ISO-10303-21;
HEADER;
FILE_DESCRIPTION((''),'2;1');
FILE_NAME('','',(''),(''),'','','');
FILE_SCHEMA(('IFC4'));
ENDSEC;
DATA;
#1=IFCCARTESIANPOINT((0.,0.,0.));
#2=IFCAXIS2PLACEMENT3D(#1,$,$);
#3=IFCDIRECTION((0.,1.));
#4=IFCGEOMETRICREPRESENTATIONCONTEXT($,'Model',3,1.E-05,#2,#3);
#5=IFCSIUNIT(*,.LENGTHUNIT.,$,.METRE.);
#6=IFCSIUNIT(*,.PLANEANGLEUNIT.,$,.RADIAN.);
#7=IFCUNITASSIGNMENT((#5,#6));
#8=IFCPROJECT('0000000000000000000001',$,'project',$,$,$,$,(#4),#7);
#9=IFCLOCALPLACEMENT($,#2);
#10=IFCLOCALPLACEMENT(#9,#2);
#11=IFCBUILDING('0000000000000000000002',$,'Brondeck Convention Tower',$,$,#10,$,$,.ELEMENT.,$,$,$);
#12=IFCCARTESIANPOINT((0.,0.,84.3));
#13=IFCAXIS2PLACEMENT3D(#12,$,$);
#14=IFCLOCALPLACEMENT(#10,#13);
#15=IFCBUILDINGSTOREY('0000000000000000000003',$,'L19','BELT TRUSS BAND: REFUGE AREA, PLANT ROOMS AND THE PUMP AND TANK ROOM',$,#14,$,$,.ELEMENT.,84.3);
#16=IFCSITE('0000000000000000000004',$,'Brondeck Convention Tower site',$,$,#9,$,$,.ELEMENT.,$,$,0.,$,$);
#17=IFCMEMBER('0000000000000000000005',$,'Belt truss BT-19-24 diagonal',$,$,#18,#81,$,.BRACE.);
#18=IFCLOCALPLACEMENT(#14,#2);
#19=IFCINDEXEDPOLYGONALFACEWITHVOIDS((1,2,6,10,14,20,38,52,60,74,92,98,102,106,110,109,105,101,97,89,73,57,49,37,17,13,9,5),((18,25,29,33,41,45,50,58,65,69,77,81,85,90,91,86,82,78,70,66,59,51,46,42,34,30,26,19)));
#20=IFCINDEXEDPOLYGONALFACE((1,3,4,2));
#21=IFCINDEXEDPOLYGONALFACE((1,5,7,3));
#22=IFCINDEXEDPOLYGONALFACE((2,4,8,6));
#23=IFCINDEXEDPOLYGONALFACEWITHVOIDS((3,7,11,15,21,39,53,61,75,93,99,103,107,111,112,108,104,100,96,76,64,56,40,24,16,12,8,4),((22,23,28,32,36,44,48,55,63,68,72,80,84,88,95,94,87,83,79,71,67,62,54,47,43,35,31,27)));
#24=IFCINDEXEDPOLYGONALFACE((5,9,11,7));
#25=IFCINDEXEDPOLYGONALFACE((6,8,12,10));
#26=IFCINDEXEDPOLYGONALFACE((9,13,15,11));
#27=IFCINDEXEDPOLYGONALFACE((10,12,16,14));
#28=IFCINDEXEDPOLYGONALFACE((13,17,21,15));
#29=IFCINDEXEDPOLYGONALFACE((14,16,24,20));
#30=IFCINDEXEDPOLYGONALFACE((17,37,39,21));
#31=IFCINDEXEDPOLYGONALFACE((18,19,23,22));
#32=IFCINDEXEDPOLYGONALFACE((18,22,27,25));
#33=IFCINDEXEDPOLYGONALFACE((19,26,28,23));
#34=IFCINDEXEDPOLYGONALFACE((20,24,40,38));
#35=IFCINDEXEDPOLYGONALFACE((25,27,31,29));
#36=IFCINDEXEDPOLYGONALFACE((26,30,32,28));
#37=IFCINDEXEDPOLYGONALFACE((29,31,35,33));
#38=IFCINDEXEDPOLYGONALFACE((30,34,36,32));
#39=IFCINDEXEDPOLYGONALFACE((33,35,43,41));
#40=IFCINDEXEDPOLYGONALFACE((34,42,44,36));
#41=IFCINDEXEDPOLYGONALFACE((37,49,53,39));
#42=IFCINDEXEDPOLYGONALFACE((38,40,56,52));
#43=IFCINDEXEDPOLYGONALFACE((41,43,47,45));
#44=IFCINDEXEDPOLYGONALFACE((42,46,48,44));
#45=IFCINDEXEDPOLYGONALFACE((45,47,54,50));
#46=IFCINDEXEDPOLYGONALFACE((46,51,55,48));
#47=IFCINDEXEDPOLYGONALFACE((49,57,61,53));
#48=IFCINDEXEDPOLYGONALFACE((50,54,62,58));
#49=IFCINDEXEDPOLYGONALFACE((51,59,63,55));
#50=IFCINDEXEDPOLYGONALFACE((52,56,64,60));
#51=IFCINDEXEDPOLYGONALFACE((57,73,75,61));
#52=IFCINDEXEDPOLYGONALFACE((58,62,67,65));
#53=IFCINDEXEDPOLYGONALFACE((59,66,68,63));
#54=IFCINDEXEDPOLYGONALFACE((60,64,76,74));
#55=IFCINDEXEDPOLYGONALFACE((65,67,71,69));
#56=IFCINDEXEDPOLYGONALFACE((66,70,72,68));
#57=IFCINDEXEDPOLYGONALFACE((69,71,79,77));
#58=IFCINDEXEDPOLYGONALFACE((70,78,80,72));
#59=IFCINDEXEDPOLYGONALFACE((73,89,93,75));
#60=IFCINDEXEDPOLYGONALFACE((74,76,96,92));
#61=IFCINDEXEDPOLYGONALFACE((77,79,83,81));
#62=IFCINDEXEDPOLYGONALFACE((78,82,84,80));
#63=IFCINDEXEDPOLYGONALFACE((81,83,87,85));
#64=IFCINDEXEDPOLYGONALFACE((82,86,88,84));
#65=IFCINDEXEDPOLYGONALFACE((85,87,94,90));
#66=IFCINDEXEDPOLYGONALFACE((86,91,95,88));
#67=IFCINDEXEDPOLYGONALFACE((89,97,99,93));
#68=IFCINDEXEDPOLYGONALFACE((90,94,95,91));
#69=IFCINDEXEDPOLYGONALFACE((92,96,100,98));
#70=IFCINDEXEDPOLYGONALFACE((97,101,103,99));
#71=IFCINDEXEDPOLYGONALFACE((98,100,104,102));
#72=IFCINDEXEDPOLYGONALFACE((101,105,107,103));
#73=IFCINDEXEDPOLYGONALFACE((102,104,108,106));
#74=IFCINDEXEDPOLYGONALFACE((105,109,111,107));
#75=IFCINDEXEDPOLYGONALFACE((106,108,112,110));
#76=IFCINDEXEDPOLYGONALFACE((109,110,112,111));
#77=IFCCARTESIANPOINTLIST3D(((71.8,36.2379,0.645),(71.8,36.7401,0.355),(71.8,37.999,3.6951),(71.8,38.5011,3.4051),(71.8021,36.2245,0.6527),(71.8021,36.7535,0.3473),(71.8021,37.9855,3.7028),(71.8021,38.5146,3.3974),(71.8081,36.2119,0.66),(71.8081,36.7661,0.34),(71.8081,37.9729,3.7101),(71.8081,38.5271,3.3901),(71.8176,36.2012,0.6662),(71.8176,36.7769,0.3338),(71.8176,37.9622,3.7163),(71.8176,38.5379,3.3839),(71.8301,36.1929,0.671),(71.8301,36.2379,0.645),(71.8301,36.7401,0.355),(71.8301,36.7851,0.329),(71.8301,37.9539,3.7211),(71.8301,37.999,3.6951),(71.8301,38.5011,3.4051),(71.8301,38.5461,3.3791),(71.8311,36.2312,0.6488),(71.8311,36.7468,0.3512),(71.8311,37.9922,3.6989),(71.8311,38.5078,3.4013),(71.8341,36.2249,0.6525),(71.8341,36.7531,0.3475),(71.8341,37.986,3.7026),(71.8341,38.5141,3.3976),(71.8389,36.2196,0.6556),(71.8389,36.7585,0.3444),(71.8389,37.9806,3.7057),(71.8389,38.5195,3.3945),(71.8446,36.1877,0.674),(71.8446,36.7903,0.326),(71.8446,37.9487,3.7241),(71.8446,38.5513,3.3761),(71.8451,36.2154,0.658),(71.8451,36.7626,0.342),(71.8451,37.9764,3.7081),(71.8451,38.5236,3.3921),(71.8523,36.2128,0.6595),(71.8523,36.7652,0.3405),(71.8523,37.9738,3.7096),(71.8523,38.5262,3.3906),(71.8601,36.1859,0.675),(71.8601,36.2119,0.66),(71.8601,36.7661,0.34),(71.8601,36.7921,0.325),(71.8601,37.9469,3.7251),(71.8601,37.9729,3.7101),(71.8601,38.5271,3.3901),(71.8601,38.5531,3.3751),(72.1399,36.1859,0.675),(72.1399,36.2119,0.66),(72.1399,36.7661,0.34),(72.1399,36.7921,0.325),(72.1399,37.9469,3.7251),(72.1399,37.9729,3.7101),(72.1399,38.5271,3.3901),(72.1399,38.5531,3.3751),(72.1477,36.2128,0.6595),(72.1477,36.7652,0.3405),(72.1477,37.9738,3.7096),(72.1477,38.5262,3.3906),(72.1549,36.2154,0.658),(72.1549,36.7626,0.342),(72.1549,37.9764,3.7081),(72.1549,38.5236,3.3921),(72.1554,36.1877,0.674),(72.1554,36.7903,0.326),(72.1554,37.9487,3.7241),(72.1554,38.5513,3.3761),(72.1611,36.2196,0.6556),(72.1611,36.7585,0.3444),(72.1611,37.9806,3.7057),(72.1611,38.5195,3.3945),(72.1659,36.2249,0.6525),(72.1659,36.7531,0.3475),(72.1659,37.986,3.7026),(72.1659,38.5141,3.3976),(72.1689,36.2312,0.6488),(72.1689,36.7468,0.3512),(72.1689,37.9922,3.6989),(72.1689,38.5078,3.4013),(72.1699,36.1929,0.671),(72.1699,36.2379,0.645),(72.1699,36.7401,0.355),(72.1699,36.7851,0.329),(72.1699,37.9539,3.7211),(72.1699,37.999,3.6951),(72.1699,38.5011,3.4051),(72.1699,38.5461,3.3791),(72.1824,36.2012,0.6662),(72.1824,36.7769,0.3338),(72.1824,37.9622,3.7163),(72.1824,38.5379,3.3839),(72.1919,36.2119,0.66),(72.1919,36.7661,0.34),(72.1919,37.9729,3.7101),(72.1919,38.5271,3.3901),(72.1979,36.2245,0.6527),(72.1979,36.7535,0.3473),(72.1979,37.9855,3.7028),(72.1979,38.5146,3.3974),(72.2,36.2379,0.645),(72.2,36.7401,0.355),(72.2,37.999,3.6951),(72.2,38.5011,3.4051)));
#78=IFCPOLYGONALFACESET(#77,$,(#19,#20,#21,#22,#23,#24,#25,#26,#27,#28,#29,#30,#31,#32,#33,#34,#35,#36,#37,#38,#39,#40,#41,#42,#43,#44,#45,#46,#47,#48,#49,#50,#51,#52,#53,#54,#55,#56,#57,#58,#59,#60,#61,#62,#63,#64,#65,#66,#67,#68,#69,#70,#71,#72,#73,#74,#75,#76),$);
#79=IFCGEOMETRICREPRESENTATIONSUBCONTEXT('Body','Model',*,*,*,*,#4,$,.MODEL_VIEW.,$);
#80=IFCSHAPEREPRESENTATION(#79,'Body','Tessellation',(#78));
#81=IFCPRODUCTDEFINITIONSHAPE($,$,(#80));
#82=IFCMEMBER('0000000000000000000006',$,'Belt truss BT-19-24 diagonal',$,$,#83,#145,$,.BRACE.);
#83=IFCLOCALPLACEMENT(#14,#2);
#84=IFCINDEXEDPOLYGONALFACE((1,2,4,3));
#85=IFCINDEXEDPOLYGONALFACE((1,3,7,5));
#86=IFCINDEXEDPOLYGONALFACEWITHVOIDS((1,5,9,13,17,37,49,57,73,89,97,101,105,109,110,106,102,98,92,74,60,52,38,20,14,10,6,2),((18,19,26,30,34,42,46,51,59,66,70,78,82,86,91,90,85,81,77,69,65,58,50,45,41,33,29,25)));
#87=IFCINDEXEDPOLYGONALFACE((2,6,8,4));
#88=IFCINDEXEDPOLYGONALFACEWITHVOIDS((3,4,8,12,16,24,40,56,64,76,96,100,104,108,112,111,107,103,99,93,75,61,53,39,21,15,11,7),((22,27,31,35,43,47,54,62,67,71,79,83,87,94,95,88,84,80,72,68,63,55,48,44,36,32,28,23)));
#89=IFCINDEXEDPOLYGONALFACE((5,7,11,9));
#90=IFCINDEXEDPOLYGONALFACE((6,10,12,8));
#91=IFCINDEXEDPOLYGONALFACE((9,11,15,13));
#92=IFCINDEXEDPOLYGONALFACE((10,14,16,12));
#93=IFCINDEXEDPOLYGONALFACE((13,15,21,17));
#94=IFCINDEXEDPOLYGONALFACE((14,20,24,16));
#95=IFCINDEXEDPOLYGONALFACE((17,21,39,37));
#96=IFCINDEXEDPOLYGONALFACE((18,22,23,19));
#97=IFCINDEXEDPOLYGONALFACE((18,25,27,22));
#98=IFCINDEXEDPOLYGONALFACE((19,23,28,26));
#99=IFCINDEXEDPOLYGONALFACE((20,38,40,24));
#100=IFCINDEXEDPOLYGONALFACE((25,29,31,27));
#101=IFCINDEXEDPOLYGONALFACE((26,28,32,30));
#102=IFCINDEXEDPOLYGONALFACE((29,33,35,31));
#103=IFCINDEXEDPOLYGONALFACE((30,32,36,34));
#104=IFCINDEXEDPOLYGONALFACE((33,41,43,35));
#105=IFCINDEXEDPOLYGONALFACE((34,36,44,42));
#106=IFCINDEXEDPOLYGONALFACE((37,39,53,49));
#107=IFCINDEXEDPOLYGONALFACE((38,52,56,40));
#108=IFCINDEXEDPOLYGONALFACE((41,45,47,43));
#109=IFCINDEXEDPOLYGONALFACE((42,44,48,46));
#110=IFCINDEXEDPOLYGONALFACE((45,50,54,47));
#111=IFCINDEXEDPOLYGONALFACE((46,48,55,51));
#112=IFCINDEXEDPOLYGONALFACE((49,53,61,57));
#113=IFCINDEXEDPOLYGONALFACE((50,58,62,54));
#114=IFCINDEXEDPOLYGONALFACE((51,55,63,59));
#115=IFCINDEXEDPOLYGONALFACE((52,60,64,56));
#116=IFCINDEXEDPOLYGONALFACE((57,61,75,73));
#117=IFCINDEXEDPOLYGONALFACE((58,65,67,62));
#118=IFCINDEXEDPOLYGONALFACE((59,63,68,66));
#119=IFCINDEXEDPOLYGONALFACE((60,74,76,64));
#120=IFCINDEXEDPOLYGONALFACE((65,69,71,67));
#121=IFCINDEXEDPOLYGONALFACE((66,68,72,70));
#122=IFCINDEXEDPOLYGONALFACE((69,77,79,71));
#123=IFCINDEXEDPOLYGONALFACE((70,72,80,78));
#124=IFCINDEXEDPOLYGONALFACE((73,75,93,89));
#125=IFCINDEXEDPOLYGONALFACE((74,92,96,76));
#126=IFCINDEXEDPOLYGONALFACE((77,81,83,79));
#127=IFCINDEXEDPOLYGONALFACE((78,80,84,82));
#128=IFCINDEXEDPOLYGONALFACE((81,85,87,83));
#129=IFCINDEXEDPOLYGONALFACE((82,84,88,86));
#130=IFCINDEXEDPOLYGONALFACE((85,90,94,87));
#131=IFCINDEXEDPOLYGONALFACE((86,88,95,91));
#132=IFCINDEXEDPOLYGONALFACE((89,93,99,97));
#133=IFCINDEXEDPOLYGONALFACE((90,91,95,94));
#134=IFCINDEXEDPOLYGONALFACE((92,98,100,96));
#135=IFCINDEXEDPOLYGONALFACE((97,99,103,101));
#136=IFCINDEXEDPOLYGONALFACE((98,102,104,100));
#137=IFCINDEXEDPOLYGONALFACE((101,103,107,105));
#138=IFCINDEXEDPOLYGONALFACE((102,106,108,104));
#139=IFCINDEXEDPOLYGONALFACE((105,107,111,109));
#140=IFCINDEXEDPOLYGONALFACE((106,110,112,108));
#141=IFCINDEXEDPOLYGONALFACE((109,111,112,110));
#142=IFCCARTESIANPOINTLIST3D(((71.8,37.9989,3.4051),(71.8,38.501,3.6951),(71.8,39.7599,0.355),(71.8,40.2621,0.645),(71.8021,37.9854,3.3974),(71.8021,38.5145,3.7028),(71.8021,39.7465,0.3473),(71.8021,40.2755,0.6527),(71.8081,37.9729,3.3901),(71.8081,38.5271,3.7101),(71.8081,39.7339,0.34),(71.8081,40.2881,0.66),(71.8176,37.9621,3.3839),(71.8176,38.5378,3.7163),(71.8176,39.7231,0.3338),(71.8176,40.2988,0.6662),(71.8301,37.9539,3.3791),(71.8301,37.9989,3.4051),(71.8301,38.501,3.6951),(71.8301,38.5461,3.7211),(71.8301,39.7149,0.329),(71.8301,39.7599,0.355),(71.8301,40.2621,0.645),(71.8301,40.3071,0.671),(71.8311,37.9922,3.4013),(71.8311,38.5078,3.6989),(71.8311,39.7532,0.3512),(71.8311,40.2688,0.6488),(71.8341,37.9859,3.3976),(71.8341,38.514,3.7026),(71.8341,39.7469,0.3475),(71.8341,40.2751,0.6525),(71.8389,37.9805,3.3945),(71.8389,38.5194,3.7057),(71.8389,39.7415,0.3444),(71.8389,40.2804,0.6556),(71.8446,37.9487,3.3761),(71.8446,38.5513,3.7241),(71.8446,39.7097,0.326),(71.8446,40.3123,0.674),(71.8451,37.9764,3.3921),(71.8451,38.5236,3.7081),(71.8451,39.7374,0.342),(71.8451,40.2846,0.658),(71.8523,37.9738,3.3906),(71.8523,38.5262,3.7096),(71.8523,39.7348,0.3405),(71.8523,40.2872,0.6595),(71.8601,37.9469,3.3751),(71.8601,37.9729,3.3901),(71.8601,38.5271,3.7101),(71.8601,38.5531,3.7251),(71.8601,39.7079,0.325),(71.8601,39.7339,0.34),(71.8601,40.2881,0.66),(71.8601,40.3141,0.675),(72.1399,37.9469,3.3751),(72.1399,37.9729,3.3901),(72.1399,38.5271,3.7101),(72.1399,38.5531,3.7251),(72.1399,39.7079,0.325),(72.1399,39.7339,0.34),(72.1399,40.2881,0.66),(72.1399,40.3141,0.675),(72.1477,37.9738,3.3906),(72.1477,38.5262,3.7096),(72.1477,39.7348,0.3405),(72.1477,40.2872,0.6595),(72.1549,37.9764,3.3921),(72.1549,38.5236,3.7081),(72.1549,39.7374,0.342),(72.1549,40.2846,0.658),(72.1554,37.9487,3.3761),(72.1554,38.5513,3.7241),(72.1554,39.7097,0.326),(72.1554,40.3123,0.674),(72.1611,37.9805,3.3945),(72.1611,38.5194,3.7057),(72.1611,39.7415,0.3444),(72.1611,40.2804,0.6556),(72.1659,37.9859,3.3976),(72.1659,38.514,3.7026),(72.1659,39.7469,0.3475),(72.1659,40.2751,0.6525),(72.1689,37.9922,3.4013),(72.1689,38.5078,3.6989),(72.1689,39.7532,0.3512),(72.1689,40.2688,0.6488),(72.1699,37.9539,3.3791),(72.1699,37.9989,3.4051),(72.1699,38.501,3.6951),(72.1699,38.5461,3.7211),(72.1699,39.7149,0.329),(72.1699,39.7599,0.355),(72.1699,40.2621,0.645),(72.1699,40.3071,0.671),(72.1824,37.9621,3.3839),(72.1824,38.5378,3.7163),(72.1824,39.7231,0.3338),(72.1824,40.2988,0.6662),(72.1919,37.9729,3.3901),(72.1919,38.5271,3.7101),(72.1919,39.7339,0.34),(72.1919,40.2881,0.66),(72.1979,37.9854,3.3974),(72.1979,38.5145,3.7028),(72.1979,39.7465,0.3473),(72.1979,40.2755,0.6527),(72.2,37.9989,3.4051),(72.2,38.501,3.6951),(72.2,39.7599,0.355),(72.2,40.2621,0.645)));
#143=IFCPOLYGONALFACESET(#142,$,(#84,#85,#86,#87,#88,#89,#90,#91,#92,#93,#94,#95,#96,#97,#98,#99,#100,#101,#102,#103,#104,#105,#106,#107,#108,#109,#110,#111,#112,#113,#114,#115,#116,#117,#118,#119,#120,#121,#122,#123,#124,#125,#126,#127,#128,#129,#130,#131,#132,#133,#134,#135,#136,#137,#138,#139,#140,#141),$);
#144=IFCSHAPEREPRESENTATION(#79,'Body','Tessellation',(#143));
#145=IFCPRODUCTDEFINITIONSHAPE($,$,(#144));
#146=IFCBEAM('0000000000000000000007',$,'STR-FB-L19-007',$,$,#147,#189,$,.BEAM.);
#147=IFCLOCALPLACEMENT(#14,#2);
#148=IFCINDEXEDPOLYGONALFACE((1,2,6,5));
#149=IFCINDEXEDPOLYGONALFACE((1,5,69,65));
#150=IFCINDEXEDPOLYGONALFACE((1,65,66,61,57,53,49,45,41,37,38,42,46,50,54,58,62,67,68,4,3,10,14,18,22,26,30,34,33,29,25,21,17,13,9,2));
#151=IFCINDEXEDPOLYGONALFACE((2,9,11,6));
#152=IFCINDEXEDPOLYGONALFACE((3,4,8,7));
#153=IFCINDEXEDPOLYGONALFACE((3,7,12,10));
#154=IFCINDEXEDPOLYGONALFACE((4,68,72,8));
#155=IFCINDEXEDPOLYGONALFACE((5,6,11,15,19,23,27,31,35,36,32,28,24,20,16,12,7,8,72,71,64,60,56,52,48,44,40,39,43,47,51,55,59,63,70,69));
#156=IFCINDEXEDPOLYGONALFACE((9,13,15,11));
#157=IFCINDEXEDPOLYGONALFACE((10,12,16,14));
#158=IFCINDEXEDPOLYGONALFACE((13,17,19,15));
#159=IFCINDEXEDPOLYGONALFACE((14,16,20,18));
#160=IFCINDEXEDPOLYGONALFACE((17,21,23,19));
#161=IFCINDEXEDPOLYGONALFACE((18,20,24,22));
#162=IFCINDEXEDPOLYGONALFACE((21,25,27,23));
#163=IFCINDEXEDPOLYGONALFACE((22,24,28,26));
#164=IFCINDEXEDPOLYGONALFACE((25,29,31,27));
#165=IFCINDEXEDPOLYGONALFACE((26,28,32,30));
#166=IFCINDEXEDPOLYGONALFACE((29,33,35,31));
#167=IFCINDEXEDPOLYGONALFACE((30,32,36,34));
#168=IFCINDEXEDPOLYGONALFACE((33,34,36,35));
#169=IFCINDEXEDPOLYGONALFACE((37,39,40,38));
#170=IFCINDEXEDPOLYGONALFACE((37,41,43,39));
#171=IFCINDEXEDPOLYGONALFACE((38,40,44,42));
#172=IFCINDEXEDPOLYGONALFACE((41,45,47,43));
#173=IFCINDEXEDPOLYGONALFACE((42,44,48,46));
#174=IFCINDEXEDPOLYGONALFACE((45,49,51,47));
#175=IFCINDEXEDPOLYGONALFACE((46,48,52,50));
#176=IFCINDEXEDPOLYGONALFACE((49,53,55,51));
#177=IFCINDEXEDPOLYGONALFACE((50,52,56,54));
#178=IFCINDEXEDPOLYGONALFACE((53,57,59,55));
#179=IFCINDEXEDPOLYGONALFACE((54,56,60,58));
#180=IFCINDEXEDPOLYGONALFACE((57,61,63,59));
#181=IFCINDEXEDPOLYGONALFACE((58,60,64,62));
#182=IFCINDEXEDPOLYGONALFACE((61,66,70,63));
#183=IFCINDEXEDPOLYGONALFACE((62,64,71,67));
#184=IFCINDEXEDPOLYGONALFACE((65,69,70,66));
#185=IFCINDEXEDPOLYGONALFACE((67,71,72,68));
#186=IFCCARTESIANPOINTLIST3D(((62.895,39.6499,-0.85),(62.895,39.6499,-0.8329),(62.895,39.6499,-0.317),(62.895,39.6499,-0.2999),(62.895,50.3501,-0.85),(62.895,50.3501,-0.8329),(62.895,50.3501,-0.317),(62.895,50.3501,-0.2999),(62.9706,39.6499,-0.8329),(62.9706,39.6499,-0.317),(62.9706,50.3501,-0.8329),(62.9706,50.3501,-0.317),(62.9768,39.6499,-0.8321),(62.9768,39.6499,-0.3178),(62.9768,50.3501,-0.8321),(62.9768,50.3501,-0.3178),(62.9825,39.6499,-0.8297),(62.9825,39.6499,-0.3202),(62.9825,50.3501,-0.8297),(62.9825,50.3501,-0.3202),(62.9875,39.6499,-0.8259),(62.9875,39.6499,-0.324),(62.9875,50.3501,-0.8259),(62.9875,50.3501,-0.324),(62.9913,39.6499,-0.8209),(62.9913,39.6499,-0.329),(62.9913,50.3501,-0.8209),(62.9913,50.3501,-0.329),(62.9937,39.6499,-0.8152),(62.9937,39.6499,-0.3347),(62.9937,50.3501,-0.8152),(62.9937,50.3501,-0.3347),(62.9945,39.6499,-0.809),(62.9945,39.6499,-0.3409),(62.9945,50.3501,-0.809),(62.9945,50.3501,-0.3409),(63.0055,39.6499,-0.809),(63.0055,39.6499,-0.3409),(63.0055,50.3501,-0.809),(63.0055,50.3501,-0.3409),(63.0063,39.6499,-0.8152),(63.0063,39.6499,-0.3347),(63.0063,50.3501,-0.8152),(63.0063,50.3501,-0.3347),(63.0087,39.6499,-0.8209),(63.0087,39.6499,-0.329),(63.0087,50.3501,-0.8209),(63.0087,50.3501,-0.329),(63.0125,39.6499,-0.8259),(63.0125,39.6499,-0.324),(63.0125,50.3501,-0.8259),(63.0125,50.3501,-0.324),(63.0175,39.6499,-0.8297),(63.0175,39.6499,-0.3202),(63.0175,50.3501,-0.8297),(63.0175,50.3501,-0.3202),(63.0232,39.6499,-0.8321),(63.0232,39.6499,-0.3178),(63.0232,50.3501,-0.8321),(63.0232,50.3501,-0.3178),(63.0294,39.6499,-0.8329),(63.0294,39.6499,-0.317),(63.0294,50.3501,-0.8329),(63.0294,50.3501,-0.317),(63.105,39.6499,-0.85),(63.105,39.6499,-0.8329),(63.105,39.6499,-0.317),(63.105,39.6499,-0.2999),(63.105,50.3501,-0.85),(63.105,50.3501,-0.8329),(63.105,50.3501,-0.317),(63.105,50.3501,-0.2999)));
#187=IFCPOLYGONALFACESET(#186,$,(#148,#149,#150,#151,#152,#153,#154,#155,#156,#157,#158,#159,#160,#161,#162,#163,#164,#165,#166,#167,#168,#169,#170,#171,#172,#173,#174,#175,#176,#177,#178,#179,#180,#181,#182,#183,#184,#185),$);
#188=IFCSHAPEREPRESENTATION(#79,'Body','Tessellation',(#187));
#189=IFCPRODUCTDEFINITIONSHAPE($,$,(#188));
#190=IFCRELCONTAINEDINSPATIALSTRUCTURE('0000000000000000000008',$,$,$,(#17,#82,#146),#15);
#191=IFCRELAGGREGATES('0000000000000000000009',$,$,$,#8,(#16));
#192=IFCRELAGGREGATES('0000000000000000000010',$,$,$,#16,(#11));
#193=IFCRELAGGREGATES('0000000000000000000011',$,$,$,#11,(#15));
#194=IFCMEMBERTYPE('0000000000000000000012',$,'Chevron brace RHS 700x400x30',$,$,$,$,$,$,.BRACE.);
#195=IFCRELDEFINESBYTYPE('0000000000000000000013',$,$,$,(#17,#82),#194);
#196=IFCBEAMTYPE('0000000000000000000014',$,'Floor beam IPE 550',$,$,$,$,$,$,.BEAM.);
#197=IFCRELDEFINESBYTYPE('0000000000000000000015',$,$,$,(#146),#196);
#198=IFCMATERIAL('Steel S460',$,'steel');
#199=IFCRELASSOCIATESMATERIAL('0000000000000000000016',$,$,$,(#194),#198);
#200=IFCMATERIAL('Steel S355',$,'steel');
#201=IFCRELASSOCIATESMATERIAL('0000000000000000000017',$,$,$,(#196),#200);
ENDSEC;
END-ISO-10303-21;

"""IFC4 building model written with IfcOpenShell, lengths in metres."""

from ifc_helpers import new_model, si_unit, direction, frame, origin, origin_2d, place, context, subcontext, project, spatial, hollow_rectangle, i_section, extrude, material, material_profile, profile_set, type_object, element, save


model = new_model("IFC4")

# Units and contexts
model_context = context("Model", 3, precision=1e-05, world=origin(), true_north=direction((0.0, 1.0)))
body_context = subcontext(model_context, "Body", "Model", "MODEL_VIEW")
ifc_project = project(units=[si_unit("LENGTHUNIT", "METRE"), si_unit("PLANEANGLEUNIT", "RADIAN")], contexts=[model_context])

# Site, building, storey
site_placement = place(None, origin())
site = spatial("IfcSite", under=ifc_project, at=site_placement, Name="Brondeck Convention Tower site", CompositionType="ELEMENT", RefElevation=0.0)
building_placement = place(site_placement, origin())
building = spatial("IfcBuilding", under=site, at=building_placement, Name="Brondeck Convention Tower", CompositionType="ELEMENT")
storey_placement = place(building_placement, frame((0.0, 0.0, 84.3)))
storey = spatial("IfcBuildingStorey", under=building, at=storey_placement, Name="L19", Description="BELT TRUSS BAND: REFUGE AREA, PLANT ROOMS AND THE PUMP AND TANK ROOM", CompositionType="ELEMENT", Elevation=84.3)

# Members
ifc_material_1 = material(Name="Steel S460", Category="steel")
ifc_material_profile_1 = material_profile(ifc_material_1, hollow_rectangle(XDim=0.3999, YDim=0.7, WallThickness=0.03, InnerFilletRadius=0.03, OuterFilletRadius=0.0601, at=origin_2d()), Name="RHS 700x400x30")
ifc_profile_set_1 = profile_set([ifc_material_profile_1], Name="Steel S460")
member_type_1 = type_object("IfcMemberType", Name="Chevron brace RHS 700x400x30", PredefinedType="BRACE", material=ifc_profile_set_1)
for number, where, z_axis, x_axis, name in (
    (1, (72.0, 36.489, 0.5), (0.0, 0.500008, 0.866021), (-1.0, 0.0, 0.0), "Belt truss BT-19-24 diagonal"),
    (2, (72.0, 40.011, 0.5), (0.0, -0.500008, 0.866021), (1.0, 0.0, 0.0), "Belt truss BT-19-24 diagonal"),
):
    element("IfcMember", number, at=place(storey_placement, frame(where, z_axis=z_axis, x_axis=x_axis)), inside=storey, type_object=member_type_1, Name=name, PredefinedType="BRACE", context=body_context, shape_type="SweptSolid", body=[
        extrude(hollow_rectangle(XDim=0.3999, YDim=0.7, WallThickness=0.03, InnerFilletRadius=0.03, OuterFilletRadius=0.0601, at=origin_2d()), origin(), (0.0, 0.0, 1.0), 3.522),
    ])

# Beam
ifc_material_2 = material(Name="Steel S355", Category="steel")
ifc_material_profile_2 = material_profile(ifc_material_2, i_section(OverallWidth=0.21, OverallDepth=0.55, WebThickness=0.011, FlangeThickness=0.0171, FilletRadius=0.0239, at=origin_2d()), Name="IPE 550")
ifc_profile_set_2 = profile_set([ifc_material_profile_2], Name="Steel S355")
beam_type_1 = type_object("IfcBeamType", Name="Floor beam IPE 550", PredefinedType="BEAM", material=ifc_profile_set_2)
beam_1_placement = place(storey_placement, frame((63.0, 39.6499, -0.575), z_axis=(0.0, 1.0, 0.0), x_axis=(-1.0, 0.0, 0.0)))
element("IfcBeam", 3, at=beam_1_placement, inside=storey, type_object=beam_type_1, Name="STR-FB-L19-007", PredefinedType="BEAM", context=body_context, shape_type="SweptSolid", body=[
    extrude(i_section(OverallWidth=0.21, OverallDepth=0.55, WebThickness=0.011, FlangeThickness=0.0171, FilletRadius=0.0239, at=origin_2d()), origin(), (0.0, 0.0, 1.0), 10.7002),
])

save(model, "model.ifc")
